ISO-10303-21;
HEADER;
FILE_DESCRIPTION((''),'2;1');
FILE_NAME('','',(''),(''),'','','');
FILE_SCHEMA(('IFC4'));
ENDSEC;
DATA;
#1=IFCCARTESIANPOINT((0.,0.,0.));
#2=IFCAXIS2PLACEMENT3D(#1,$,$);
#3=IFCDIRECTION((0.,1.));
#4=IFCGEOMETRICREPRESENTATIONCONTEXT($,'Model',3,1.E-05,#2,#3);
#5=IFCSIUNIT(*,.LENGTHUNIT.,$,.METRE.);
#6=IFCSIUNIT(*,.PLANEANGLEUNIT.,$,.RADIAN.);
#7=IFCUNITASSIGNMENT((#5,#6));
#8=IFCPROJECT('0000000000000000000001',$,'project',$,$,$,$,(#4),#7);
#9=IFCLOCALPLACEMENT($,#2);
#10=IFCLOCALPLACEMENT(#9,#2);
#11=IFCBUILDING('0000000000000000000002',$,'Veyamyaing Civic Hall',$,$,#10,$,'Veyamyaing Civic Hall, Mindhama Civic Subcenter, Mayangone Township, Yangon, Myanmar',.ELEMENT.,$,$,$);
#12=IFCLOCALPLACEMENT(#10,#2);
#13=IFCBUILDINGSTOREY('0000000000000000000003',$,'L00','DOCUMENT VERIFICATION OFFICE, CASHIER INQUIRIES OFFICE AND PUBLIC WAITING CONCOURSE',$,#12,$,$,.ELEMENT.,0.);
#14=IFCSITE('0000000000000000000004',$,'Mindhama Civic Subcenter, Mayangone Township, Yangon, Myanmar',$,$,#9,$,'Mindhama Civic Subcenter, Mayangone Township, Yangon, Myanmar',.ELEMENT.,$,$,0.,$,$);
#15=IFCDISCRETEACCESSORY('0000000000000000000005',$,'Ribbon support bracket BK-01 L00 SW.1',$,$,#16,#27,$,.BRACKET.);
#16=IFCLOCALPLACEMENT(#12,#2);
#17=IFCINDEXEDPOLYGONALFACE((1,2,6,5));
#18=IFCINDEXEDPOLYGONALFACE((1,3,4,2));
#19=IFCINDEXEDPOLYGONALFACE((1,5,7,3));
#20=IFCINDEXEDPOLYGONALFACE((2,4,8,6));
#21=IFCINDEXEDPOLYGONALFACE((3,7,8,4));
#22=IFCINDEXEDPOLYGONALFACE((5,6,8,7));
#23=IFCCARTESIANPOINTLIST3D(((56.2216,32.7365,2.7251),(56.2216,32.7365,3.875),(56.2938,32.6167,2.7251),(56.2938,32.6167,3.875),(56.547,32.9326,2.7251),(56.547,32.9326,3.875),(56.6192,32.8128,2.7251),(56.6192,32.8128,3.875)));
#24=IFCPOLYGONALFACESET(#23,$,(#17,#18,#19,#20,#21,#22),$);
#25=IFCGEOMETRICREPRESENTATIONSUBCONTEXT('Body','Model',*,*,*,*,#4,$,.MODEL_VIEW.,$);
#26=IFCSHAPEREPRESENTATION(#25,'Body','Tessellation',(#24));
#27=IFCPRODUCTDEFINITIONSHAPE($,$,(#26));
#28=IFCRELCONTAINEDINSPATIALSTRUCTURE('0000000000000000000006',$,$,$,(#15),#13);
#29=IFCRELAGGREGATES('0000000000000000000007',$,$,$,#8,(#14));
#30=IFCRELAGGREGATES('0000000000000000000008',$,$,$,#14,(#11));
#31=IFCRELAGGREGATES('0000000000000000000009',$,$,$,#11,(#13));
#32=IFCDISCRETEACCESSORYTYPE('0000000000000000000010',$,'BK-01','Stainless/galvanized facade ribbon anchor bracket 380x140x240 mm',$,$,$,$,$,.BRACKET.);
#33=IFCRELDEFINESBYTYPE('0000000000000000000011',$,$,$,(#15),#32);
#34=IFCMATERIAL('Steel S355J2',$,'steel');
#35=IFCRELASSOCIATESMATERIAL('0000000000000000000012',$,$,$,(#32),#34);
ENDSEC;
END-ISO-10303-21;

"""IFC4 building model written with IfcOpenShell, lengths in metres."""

from ifc_helpers import new_model, si_unit, direction, frame, origin, origin_2d, place, context, subcontext, project, spatial, rectangle, extrude, material, type_object, element, save


model = new_model("IFC4")

# Units and contexts
model_context = context("Model", 3, precision=1e-05, world=origin(), true_north=direction((0.0, 1.0)))
body_context = subcontext(model_context, "Body", "Model", "MODEL_VIEW")
ifc_project = project(units=[si_unit("LENGTHUNIT", "METRE"), si_unit("PLANEANGLEUNIT", "RADIAN")], contexts=[model_context])

# Site, building, storey
site_placement = place(None, origin())
site = spatial("IfcSite", under=ifc_project, at=site_placement, Name="Mindhama Civic Subcenter, Mayangone Township, Yangon, Myanmar", LongName="Mindhama Civic Subcenter, Mayangone Township, Yangon, Myanmar", CompositionType="ELEMENT", RefElevation=0.0)
building_placement = place(site_placement, origin())
building = spatial("IfcBuilding", under=site, at=building_placement, Name="Veyamyaing Civic Hall", LongName="Veyamyaing Civic Hall, Mindhama Civic Subcenter, Mayangone Township, Yangon, Myanmar", CompositionType="ELEMENT")
storey_placement = place(building_placement, origin())
storey = spatial("IfcBuildingStorey", under=building, at=storey_placement, Name="L00", Description="DOCUMENT VERIFICATION OFFICE, CASHIER INQUIRIES OFFICE AND PUBLIC WAITING CONCOURSE", CompositionType="ELEMENT", Elevation=0.0)

# Discrete accessory
ifc_material_1 = material(Name="Steel S355J2", Category="steel")
discrete_accessory_type = type_object("IfcDiscreteAccessoryType", Name="BK-01", Description="Stainless/galvanized facade ribbon anchor bracket 380x140x240 mm", PredefinedType="BRACKET", material=ifc_material_1)
discrete_accessory_placement = place(storey_placement, frame((56.4204, 32.7747, 2.7251), z_axis=(0.0, 0.0, 1.0), x_axis=(-0.856525, -0.516106, 0.0)))
element("IfcDiscreteAccessory", 1, at=discrete_accessory_placement, inside=storey, type_object=discrete_accessory_type, Name="Ribbon support bracket BK-01 L00 SW.1", PredefinedType="BRACKET", context=body_context, shape_type="SweptSolid", body=[
    extrude(rectangle(XDim=0.3799, YDim=0.1399, at=origin_2d()), origin(), (0.0, 0.0, 1.0), 1.1499),
])

save(model, "model.ifc")
